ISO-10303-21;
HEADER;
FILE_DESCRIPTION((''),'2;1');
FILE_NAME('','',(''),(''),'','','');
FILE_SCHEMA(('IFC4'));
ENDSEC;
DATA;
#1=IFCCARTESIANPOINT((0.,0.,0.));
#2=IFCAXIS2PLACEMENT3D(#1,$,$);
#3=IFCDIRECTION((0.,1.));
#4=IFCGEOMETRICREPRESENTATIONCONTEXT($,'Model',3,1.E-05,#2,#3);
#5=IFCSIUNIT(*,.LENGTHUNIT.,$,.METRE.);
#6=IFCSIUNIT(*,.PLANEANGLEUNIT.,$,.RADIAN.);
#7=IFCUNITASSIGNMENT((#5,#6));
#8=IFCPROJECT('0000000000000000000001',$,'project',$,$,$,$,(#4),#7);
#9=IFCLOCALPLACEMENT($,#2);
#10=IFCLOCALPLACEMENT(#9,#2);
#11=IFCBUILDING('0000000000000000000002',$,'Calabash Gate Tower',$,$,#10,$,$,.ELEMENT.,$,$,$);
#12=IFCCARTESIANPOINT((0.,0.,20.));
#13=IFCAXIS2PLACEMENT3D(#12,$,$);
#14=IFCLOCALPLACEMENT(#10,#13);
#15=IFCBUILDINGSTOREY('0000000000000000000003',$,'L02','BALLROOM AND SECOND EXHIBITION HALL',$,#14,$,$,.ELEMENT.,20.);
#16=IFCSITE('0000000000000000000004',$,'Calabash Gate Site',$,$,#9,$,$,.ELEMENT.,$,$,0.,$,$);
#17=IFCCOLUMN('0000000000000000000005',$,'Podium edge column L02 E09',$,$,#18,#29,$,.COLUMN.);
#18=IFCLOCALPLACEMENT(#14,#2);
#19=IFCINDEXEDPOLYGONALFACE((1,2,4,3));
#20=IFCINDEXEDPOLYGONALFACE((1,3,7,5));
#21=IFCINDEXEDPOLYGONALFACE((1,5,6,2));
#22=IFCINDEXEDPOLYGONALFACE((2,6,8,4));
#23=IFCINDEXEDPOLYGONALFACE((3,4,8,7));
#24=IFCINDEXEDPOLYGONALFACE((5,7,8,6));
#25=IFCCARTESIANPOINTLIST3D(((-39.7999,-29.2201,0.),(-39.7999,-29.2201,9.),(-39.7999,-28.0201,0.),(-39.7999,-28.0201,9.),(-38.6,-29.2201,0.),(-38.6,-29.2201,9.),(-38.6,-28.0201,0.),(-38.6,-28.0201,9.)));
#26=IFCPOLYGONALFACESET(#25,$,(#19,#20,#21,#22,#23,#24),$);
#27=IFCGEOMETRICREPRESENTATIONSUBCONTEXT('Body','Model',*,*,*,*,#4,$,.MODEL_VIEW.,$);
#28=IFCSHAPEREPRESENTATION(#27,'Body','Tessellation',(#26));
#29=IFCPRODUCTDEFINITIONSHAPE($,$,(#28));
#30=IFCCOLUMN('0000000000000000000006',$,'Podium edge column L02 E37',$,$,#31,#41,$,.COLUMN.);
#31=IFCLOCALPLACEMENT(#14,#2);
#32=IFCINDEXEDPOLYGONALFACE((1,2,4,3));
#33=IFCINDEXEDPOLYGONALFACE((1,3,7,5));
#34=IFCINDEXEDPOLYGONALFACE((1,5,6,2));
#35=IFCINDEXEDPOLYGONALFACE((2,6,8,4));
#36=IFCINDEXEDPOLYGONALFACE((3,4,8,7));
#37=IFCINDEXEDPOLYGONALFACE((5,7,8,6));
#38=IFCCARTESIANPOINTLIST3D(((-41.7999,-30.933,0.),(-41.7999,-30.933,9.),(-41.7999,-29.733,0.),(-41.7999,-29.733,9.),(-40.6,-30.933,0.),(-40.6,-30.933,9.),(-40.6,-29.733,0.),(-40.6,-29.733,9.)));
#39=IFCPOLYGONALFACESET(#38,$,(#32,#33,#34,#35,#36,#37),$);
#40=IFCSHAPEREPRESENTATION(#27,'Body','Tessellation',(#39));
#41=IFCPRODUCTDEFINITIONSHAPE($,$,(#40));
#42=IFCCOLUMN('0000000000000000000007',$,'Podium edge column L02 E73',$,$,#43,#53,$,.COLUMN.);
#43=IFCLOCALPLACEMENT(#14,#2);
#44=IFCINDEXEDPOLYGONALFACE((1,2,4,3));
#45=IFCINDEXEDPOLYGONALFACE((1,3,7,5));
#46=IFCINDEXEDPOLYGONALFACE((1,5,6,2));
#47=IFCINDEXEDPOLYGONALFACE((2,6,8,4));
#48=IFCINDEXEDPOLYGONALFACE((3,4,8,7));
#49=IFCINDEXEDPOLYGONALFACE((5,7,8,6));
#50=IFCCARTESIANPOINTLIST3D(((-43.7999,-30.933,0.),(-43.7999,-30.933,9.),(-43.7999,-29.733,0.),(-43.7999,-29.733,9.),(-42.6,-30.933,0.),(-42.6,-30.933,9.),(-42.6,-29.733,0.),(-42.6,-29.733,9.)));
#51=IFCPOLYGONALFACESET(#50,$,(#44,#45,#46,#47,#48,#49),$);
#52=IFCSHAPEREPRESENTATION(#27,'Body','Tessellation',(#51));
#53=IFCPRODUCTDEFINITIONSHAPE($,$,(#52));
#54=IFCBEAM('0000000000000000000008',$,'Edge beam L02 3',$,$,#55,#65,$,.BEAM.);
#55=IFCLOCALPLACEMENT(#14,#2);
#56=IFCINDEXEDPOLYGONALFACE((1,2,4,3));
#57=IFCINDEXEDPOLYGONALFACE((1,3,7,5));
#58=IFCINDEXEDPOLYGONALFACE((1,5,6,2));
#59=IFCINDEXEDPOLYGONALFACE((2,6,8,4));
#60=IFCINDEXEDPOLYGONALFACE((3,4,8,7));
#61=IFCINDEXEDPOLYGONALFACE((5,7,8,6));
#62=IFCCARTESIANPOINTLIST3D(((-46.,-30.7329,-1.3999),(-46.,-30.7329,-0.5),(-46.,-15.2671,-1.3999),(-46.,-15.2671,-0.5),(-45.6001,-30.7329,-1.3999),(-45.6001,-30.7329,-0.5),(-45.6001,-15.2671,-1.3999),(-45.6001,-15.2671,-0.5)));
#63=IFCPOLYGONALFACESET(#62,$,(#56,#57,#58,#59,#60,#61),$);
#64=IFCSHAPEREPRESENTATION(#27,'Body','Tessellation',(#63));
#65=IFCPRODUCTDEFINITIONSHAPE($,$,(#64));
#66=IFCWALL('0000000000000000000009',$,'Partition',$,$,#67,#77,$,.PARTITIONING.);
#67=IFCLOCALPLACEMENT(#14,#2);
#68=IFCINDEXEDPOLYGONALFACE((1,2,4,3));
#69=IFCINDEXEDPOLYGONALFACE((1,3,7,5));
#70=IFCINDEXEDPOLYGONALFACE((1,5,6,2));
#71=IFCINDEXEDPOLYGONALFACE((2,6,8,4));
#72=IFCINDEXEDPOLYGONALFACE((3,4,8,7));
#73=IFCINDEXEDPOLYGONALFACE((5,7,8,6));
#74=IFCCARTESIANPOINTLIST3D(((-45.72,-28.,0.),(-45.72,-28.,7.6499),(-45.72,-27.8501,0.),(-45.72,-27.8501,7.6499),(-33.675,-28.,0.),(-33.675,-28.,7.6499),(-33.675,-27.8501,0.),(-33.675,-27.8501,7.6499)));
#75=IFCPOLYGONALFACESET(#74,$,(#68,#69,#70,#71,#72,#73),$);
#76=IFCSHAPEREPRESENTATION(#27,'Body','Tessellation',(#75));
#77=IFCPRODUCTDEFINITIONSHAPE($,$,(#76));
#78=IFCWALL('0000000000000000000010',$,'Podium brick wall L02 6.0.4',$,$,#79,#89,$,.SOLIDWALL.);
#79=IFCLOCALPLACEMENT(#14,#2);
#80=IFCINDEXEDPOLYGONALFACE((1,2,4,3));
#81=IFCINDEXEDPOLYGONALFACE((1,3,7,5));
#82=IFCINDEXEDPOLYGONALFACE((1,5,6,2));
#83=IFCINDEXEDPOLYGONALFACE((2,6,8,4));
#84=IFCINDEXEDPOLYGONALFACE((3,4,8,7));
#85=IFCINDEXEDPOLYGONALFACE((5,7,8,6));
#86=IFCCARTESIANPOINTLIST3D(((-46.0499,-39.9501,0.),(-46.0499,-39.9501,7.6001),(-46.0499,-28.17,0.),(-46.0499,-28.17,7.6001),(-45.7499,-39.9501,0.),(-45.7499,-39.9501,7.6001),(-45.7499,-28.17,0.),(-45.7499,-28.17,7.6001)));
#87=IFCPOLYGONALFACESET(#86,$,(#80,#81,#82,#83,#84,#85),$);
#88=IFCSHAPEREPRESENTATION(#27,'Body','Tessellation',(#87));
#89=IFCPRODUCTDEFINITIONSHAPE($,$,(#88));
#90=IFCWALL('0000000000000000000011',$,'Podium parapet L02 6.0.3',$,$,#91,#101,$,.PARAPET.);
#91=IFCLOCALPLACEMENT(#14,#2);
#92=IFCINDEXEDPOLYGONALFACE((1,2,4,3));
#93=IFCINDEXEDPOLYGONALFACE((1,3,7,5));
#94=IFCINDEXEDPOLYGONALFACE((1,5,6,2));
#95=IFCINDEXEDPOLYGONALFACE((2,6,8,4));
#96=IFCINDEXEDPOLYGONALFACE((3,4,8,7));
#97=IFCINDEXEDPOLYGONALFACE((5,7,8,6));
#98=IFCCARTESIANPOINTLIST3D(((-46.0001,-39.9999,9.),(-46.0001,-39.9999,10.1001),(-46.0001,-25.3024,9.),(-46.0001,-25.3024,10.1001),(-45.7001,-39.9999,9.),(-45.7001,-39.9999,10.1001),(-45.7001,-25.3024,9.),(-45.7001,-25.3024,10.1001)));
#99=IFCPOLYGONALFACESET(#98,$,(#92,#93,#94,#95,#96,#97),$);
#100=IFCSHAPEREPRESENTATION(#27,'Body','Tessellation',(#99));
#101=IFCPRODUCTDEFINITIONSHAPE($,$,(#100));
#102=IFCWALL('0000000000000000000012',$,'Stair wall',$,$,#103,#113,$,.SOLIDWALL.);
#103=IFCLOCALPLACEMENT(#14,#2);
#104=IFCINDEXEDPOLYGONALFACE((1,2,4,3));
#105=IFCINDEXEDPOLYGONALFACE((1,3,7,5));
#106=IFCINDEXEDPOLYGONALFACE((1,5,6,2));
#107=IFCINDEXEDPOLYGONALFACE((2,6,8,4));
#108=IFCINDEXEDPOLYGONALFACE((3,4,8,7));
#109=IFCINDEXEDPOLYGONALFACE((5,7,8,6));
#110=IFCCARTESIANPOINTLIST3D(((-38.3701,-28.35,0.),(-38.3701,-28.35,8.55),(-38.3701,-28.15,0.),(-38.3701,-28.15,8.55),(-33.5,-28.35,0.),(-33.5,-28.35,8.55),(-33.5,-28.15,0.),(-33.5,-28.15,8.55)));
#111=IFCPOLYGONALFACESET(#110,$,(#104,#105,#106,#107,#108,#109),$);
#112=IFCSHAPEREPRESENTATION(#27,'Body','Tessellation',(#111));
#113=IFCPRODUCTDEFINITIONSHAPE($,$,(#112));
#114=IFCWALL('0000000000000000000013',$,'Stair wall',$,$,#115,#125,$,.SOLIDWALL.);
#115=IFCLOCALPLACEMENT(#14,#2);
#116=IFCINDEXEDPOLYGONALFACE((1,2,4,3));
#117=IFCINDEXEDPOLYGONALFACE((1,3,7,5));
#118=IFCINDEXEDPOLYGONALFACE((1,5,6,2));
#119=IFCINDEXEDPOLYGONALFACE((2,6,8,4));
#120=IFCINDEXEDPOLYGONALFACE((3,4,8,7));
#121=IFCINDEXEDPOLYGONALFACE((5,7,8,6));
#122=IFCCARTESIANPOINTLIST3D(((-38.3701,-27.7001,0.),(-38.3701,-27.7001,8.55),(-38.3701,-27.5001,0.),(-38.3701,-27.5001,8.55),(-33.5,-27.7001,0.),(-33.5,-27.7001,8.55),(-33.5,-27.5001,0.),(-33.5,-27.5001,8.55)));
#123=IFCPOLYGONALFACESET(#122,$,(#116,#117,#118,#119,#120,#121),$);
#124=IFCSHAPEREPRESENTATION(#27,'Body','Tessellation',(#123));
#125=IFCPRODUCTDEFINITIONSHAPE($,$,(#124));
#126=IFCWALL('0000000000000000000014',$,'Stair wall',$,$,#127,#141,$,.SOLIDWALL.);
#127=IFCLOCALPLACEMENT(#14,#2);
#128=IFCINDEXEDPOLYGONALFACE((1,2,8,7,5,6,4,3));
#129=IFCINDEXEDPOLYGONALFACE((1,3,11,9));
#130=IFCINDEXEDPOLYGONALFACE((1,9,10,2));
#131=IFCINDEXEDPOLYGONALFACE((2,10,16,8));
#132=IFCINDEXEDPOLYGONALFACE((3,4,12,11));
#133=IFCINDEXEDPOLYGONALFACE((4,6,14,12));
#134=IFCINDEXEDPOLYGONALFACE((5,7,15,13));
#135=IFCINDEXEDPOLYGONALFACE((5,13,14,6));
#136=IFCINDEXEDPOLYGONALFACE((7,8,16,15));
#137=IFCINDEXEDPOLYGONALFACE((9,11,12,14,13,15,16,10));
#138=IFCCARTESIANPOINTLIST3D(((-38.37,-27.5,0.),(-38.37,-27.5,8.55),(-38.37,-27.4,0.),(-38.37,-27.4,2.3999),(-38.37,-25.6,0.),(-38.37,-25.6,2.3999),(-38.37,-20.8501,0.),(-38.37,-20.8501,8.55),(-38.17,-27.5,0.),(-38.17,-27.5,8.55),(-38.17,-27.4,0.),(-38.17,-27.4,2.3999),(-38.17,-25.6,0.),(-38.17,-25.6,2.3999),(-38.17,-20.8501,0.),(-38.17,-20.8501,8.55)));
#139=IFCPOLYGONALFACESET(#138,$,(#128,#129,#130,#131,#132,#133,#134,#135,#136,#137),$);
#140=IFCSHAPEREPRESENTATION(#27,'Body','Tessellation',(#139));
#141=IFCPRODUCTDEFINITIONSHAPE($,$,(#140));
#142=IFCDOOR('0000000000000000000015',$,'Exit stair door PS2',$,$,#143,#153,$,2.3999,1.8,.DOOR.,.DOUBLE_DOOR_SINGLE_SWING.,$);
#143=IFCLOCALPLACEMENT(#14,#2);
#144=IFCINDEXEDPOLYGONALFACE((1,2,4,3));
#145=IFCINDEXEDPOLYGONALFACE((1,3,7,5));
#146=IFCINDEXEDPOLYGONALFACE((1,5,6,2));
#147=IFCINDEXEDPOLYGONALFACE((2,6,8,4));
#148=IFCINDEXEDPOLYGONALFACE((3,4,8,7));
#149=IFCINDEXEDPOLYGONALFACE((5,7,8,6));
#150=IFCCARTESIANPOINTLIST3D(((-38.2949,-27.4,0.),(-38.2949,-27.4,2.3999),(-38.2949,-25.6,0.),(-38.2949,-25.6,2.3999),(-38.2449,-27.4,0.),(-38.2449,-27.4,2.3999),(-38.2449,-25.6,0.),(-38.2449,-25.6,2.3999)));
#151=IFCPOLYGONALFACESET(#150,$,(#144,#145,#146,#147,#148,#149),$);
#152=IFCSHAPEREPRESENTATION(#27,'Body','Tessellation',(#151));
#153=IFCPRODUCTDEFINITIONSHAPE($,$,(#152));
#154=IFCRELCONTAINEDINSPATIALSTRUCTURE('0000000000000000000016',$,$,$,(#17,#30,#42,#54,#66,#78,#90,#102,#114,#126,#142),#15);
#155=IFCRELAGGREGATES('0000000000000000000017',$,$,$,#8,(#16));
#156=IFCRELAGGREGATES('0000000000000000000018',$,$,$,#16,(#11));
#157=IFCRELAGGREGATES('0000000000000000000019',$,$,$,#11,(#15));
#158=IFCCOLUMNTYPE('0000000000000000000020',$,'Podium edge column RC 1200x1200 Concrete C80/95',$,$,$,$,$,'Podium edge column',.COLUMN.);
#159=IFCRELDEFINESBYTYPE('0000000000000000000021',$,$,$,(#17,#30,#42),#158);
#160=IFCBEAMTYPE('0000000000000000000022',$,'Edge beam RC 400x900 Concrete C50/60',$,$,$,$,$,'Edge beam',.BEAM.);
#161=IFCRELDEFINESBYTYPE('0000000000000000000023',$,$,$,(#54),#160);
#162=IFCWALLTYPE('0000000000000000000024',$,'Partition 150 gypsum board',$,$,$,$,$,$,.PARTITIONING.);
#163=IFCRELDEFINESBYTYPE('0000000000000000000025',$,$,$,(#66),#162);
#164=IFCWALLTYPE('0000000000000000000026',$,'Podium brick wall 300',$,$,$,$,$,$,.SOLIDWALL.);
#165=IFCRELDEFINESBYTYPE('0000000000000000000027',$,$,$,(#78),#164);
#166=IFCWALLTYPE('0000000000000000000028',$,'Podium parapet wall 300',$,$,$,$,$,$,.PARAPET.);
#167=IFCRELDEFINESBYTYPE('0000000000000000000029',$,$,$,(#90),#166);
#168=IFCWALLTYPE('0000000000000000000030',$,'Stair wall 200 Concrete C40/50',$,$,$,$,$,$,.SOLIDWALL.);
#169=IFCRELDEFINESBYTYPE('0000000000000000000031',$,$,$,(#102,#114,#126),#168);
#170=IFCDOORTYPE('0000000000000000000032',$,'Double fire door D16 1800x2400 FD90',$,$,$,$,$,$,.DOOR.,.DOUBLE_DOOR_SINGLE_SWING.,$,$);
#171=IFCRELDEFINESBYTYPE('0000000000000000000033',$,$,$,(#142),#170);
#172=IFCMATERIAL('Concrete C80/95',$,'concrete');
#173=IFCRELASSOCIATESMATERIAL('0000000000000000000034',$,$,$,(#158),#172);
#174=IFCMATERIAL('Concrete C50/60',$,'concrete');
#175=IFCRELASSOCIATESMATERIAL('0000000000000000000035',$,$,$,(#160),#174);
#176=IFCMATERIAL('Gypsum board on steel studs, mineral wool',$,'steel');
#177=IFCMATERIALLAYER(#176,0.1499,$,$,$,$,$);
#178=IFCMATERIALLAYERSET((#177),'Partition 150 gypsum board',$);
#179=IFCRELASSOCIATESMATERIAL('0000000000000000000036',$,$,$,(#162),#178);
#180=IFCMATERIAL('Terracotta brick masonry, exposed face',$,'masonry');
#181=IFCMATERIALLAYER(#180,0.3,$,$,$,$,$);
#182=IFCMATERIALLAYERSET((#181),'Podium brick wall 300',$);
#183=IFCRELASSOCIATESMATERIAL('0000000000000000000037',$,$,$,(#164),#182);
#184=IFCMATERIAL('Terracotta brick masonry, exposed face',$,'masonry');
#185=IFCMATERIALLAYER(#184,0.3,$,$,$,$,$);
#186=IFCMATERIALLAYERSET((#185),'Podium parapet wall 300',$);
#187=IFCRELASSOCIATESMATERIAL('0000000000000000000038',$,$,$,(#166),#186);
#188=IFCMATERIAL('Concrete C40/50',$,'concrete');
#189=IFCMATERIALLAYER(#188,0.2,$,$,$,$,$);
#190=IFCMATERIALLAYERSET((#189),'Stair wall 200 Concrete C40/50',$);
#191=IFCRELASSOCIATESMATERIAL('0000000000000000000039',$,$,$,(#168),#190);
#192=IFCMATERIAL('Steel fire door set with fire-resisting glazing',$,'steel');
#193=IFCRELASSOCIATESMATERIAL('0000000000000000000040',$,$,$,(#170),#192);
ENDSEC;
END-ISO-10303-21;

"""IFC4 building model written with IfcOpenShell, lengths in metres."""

from ifc_helpers import new_model, si_unit, direction, frame, frame_2d, origin, origin_2d, place, context, subcontext, project, spatial, rectangle, extrude, material, layer, layer_set, material_profile, profile_set, type_object, element, fill, save


model = new_model("IFC4")

# Units and contexts
model_context = context("Model", 3, precision=1e-05, world=origin(), true_north=direction((0.0, 1.0)))
body_context = subcontext(model_context, "Body", "Model", "MODEL_VIEW")
ifc_project = project(units=[si_unit("LENGTHUNIT", "METRE"), si_unit("PLANEANGLEUNIT", "RADIAN")], contexts=[model_context])

# Site, building, storey
site_placement = place(None, origin())
site = spatial("IfcSite", under=ifc_project, at=site_placement, Name="Calabash Gate Site", CompositionType="ELEMENT", RefElevation=0.0)
building_placement = place(site_placement, origin())
building = spatial("IfcBuilding", under=site, at=building_placement, Name="Calabash Gate Tower", CompositionType="ELEMENT")
storey_placement = place(building_placement, frame((0.0, 0.0, 20.0)))
storey = spatial("IfcBuildingStorey", under=building, at=storey_placement, Name="L02", Description="BALLROOM AND SECOND EXHIBITION HALL", CompositionType="ELEMENT", Elevation=20.0)

# Columns
ifc_material_1 = material(Name="Concrete C80/95", Category="concrete")
ifc_material_profile_1 = material_profile(ifc_material_1, rectangle(XDim=1.2, YDim=1.2, at=origin_2d()))
ifc_profile_set_1 = profile_set([ifc_material_profile_1], Name="Concrete C80/95")
column_type = type_object("IfcColumnType", Name="Podium edge column RC 1200x1200 Concrete C80/95", ElementType="Podium edge column", PredefinedType="COLUMN", material=ifc_profile_set_1)
for number, where, z_axis, x_axis, name in (
    (1, (-39.2, -28.6201, 0.0), (0.0, 0.0, 1.0), (1.0, 0.0, 0.0), "Podium edge column L02 E09"),
    (2, (-41.2, -30.333, 0.0), (0.0, 0.0, 1.0), (1.0, 0.0, 0.0), "Podium edge column L02 E37"),
    (3, (-43.2, -30.333, 0.0), (0.0, 0.0, 1.0), (1.0, 0.0, 0.0), "Podium edge column L02 E73"),
):
    element("IfcColumn", number, at=place(storey_placement, frame(where, z_axis=z_axis, x_axis=x_axis)), inside=storey, type_object=column_type, Name=name, PredefinedType="COLUMN", context=body_context, shape_type="SweptSolid", body=[
        extrude(rectangle(XDim=1.2, YDim=1.2, at=origin_2d()), origin(), (0.0, 0.0, 1.0), 9.0),
    ])

# Beam
ifc_material_2 = material(Name="Concrete C50/60", Category="concrete")
ifc_material_profile_2 = material_profile(ifc_material_2, rectangle(XDim=0.3999, YDim=0.8999, at=origin_2d()))
ifc_profile_set_2 = profile_set([ifc_material_profile_2], Name="Concrete C50/60")
beam_type = type_object("IfcBeamType", Name="Edge beam RC 400x900 Concrete C50/60", ElementType="Edge beam", PredefinedType="BEAM", material=ifc_profile_set_2)
beam_placement = place(storey_placement, frame((-45.8, -30.7329, -0.95), z_axis=(0.0, 1.0, 0.0), x_axis=(-1.0, 0.0, 0.0)))
element("IfcBeam", 4, at=beam_placement, inside=storey, type_object=beam_type, Name="Edge beam L02 3", PredefinedType="BEAM", context=body_context, shape_type="SweptSolid", body=[
    extrude(rectangle(XDim=0.3999, YDim=0.8999, at=origin_2d()), origin(), (0.0, 0.0, 1.0), 15.4658),
])

# Walls
ifc_material_3 = material(Name="Gypsum board on steel studs, mineral wool", Category="steel")
ifc_layer_1 = layer(ifc_material_3, 0.1499)
ifc_layer_set_1 = layer_set([ifc_layer_1], Name="Partition 150 gypsum board")
wall_type_1 = type_object("IfcWallType", Name="Partition 150 gypsum board", PredefinedType="PARTITIONING", material=ifc_layer_set_1)
wall_1_placement = place(storey_placement, frame((-45.72, -27.925, 0.0), z_axis=(0.0, 0.0, 1.0), x_axis=(1.0, 0.0, 0.0)))
element("IfcWall", 5, at=wall_1_placement, inside=storey, type_object=wall_type_1, Name="Partition", PredefinedType="PARTITIONING", context=body_context, shape_type="SweptSolid", body=[
    extrude(rectangle(XDim=12.0449, YDim=0.1499, at=frame_2d((6.0225, 0.0))), origin(), (0.0, 0.0, 1.0), 7.6499),
])
ifc_material_4 = material(Name="Terracotta brick masonry, exposed face", Category="masonry")
ifc_layer_2 = layer(ifc_material_4, 0.3)
ifc_layer_set_2 = layer_set([ifc_layer_2], Name="Podium brick wall 300")
wall_type_2 = type_object("IfcWallType", Name="Podium brick wall 300", PredefinedType="SOLIDWALL", material=ifc_layer_set_2)
wall_2_placement = place(storey_placement, frame((-45.8999, -28.1699, 0.0), z_axis=(0.0, 0.0, 1.0), x_axis=(0.0, -1.0, 0.0)))
element("IfcWall", 6, at=wall_2_placement, inside=storey, type_object=wall_type_2, Name="Podium brick wall L02 6.0.4", PredefinedType="SOLIDWALL", context=body_context, shape_type="SweptSolid", body=[
    extrude(rectangle(XDim=11.78, YDim=0.3, at=frame_2d((5.8901, 0.0))), origin(), (0.0, 0.0, 1.0), 7.6001),
])
ifc_material_5 = material(Name="Terracotta brick masonry, exposed face", Category="masonry")
ifc_layer_3 = layer(ifc_material_5, 0.3)
ifc_layer_set_3 = layer_set([ifc_layer_3], Name="Podium parapet wall 300")
wall_type_3 = type_object("IfcWallType", Name="Podium parapet wall 300", PredefinedType="PARAPET", material=ifc_layer_set_3)
wall_3_placement = place(storey_placement, frame((-45.8501, -25.3025, 9.0), z_axis=(0.0, 0.0, 1.0), x_axis=(0.0, -1.0, 0.0)))
element("IfcWall", 7, at=wall_3_placement, inside=storey, type_object=wall_type_3, Name="Podium parapet L02 6.0.3", PredefinedType="PARAPET", context=body_context, shape_type="SweptSolid", body=[
    extrude(rectangle(XDim=14.6975, YDim=0.3, at=frame_2d((7.3486, 0.0))), origin(), (0.0, 0.0, 1.0), 1.1001),
])
ifc_material_6 = material(Name="Concrete C40/50", Category="concrete")
ifc_layer_4 = layer(ifc_material_6, 0.2)
ifc_layer_set_4 = layer_set([ifc_layer_4], Name="Stair wall 200 Concrete C40/50")
wall_type_4 = type_object("IfcWallType", Name="Stair wall 200 Concrete C40/50", PredefinedType="SOLIDWALL", material=ifc_layer_set_4)
for number, where, z_axis, x_axis, name in (
    (8, (-38.3701, -28.25, 0.0), (0.0, 0.0, 1.0), (1.0, 0.0, 0.0), "Stair wall"),
    (9, (-38.3701, -27.6001, 0.0), (0.0, 0.0, 1.0), (1.0, 0.0, 0.0), "Stair wall"),
):
    element("IfcWall", number, at=place(storey_placement, frame(where, z_axis=z_axis, x_axis=x_axis)), inside=storey, type_object=wall_type_4, Name=name, PredefinedType="SOLIDWALL", context=body_context, shape_type="SweptSolid", body=[
        extrude(rectangle(XDim=4.8701, YDim=0.2, at=frame_2d((2.4351, 0.0))), origin(), (0.0, 0.0, 1.0), 8.55),
    ])

# Wall, opening, door
wall_4_placement = place(storey_placement, frame((-38.27, -27.5, 0.0), z_axis=(0.0, 0.0, 1.0), x_axis=(0.0, 1.0, 0.0)))
wall_4 = element("IfcWall", 10, at=wall_4_placement, inside=storey, type_object=wall_type_4, Name="Stair wall", PredefinedType="SOLIDWALL", context=body_context, shape_type="SweptSolid", body=[
    extrude(rectangle(XDim=6.6499, YDim=0.2, at=frame_2d((3.325, 0.0))), origin(), (0.0, 0.0, 1.0), 8.55),
])
opening_placement = place(wall_4_placement, frame((0.1001, 0.0, 0.0)))
opening = element("IfcOpeningElement", 11, at=opening_placement, cuts=wall_4, PredefinedType="OPENING", context=body_context, shape_type="SweptSolid", body=[
    extrude(rectangle(XDim=1.8, YDim=2.3999, at=frame_2d((0.8999, 1.2))), frame((0.0, 0.1099, 0.0), z_axis=(0.0, -1.0, 0.0), x_axis=(1.0, 0.0, 0.0)), (0.0, 0.0, 1.0), 0.22),
])
ifc_material_7 = material(Name="Steel fire door set with fire-resisting glazing", Category="steel")
door_type = type_object("IfcDoorType", Name="Double fire door D16 1800x2400 FD90", OperationType="DOUBLE_DOOR_SINGLE_SWING", PredefinedType="DOOR", material=ifc_material_7)
door_placement = place(opening_placement, origin())
door = element("IfcDoor", 12, at=door_placement, inside=storey, type_object=door_type, Name="Exit stair door PS2", OperationType="DOUBLE_DOOR_SINGLE_SWING", OverallHeight=2.3999, OverallWidth=1.8, PredefinedType="DOOR", context=body_context, shape_type="SweptSolid", body=[
    extrude(rectangle(XDim=1.8, YDim=2.3999, at=frame_2d((0.8999, 1.2))), frame((0.0, 0.0249, 0.0), z_axis=(0.0, -1.0, 0.0), x_axis=(1.0, 0.0, 0.0)), (0.0, 0.0, 1.0), 0.05),
])
fill(opening, door)

save(model, "model.ifc")
